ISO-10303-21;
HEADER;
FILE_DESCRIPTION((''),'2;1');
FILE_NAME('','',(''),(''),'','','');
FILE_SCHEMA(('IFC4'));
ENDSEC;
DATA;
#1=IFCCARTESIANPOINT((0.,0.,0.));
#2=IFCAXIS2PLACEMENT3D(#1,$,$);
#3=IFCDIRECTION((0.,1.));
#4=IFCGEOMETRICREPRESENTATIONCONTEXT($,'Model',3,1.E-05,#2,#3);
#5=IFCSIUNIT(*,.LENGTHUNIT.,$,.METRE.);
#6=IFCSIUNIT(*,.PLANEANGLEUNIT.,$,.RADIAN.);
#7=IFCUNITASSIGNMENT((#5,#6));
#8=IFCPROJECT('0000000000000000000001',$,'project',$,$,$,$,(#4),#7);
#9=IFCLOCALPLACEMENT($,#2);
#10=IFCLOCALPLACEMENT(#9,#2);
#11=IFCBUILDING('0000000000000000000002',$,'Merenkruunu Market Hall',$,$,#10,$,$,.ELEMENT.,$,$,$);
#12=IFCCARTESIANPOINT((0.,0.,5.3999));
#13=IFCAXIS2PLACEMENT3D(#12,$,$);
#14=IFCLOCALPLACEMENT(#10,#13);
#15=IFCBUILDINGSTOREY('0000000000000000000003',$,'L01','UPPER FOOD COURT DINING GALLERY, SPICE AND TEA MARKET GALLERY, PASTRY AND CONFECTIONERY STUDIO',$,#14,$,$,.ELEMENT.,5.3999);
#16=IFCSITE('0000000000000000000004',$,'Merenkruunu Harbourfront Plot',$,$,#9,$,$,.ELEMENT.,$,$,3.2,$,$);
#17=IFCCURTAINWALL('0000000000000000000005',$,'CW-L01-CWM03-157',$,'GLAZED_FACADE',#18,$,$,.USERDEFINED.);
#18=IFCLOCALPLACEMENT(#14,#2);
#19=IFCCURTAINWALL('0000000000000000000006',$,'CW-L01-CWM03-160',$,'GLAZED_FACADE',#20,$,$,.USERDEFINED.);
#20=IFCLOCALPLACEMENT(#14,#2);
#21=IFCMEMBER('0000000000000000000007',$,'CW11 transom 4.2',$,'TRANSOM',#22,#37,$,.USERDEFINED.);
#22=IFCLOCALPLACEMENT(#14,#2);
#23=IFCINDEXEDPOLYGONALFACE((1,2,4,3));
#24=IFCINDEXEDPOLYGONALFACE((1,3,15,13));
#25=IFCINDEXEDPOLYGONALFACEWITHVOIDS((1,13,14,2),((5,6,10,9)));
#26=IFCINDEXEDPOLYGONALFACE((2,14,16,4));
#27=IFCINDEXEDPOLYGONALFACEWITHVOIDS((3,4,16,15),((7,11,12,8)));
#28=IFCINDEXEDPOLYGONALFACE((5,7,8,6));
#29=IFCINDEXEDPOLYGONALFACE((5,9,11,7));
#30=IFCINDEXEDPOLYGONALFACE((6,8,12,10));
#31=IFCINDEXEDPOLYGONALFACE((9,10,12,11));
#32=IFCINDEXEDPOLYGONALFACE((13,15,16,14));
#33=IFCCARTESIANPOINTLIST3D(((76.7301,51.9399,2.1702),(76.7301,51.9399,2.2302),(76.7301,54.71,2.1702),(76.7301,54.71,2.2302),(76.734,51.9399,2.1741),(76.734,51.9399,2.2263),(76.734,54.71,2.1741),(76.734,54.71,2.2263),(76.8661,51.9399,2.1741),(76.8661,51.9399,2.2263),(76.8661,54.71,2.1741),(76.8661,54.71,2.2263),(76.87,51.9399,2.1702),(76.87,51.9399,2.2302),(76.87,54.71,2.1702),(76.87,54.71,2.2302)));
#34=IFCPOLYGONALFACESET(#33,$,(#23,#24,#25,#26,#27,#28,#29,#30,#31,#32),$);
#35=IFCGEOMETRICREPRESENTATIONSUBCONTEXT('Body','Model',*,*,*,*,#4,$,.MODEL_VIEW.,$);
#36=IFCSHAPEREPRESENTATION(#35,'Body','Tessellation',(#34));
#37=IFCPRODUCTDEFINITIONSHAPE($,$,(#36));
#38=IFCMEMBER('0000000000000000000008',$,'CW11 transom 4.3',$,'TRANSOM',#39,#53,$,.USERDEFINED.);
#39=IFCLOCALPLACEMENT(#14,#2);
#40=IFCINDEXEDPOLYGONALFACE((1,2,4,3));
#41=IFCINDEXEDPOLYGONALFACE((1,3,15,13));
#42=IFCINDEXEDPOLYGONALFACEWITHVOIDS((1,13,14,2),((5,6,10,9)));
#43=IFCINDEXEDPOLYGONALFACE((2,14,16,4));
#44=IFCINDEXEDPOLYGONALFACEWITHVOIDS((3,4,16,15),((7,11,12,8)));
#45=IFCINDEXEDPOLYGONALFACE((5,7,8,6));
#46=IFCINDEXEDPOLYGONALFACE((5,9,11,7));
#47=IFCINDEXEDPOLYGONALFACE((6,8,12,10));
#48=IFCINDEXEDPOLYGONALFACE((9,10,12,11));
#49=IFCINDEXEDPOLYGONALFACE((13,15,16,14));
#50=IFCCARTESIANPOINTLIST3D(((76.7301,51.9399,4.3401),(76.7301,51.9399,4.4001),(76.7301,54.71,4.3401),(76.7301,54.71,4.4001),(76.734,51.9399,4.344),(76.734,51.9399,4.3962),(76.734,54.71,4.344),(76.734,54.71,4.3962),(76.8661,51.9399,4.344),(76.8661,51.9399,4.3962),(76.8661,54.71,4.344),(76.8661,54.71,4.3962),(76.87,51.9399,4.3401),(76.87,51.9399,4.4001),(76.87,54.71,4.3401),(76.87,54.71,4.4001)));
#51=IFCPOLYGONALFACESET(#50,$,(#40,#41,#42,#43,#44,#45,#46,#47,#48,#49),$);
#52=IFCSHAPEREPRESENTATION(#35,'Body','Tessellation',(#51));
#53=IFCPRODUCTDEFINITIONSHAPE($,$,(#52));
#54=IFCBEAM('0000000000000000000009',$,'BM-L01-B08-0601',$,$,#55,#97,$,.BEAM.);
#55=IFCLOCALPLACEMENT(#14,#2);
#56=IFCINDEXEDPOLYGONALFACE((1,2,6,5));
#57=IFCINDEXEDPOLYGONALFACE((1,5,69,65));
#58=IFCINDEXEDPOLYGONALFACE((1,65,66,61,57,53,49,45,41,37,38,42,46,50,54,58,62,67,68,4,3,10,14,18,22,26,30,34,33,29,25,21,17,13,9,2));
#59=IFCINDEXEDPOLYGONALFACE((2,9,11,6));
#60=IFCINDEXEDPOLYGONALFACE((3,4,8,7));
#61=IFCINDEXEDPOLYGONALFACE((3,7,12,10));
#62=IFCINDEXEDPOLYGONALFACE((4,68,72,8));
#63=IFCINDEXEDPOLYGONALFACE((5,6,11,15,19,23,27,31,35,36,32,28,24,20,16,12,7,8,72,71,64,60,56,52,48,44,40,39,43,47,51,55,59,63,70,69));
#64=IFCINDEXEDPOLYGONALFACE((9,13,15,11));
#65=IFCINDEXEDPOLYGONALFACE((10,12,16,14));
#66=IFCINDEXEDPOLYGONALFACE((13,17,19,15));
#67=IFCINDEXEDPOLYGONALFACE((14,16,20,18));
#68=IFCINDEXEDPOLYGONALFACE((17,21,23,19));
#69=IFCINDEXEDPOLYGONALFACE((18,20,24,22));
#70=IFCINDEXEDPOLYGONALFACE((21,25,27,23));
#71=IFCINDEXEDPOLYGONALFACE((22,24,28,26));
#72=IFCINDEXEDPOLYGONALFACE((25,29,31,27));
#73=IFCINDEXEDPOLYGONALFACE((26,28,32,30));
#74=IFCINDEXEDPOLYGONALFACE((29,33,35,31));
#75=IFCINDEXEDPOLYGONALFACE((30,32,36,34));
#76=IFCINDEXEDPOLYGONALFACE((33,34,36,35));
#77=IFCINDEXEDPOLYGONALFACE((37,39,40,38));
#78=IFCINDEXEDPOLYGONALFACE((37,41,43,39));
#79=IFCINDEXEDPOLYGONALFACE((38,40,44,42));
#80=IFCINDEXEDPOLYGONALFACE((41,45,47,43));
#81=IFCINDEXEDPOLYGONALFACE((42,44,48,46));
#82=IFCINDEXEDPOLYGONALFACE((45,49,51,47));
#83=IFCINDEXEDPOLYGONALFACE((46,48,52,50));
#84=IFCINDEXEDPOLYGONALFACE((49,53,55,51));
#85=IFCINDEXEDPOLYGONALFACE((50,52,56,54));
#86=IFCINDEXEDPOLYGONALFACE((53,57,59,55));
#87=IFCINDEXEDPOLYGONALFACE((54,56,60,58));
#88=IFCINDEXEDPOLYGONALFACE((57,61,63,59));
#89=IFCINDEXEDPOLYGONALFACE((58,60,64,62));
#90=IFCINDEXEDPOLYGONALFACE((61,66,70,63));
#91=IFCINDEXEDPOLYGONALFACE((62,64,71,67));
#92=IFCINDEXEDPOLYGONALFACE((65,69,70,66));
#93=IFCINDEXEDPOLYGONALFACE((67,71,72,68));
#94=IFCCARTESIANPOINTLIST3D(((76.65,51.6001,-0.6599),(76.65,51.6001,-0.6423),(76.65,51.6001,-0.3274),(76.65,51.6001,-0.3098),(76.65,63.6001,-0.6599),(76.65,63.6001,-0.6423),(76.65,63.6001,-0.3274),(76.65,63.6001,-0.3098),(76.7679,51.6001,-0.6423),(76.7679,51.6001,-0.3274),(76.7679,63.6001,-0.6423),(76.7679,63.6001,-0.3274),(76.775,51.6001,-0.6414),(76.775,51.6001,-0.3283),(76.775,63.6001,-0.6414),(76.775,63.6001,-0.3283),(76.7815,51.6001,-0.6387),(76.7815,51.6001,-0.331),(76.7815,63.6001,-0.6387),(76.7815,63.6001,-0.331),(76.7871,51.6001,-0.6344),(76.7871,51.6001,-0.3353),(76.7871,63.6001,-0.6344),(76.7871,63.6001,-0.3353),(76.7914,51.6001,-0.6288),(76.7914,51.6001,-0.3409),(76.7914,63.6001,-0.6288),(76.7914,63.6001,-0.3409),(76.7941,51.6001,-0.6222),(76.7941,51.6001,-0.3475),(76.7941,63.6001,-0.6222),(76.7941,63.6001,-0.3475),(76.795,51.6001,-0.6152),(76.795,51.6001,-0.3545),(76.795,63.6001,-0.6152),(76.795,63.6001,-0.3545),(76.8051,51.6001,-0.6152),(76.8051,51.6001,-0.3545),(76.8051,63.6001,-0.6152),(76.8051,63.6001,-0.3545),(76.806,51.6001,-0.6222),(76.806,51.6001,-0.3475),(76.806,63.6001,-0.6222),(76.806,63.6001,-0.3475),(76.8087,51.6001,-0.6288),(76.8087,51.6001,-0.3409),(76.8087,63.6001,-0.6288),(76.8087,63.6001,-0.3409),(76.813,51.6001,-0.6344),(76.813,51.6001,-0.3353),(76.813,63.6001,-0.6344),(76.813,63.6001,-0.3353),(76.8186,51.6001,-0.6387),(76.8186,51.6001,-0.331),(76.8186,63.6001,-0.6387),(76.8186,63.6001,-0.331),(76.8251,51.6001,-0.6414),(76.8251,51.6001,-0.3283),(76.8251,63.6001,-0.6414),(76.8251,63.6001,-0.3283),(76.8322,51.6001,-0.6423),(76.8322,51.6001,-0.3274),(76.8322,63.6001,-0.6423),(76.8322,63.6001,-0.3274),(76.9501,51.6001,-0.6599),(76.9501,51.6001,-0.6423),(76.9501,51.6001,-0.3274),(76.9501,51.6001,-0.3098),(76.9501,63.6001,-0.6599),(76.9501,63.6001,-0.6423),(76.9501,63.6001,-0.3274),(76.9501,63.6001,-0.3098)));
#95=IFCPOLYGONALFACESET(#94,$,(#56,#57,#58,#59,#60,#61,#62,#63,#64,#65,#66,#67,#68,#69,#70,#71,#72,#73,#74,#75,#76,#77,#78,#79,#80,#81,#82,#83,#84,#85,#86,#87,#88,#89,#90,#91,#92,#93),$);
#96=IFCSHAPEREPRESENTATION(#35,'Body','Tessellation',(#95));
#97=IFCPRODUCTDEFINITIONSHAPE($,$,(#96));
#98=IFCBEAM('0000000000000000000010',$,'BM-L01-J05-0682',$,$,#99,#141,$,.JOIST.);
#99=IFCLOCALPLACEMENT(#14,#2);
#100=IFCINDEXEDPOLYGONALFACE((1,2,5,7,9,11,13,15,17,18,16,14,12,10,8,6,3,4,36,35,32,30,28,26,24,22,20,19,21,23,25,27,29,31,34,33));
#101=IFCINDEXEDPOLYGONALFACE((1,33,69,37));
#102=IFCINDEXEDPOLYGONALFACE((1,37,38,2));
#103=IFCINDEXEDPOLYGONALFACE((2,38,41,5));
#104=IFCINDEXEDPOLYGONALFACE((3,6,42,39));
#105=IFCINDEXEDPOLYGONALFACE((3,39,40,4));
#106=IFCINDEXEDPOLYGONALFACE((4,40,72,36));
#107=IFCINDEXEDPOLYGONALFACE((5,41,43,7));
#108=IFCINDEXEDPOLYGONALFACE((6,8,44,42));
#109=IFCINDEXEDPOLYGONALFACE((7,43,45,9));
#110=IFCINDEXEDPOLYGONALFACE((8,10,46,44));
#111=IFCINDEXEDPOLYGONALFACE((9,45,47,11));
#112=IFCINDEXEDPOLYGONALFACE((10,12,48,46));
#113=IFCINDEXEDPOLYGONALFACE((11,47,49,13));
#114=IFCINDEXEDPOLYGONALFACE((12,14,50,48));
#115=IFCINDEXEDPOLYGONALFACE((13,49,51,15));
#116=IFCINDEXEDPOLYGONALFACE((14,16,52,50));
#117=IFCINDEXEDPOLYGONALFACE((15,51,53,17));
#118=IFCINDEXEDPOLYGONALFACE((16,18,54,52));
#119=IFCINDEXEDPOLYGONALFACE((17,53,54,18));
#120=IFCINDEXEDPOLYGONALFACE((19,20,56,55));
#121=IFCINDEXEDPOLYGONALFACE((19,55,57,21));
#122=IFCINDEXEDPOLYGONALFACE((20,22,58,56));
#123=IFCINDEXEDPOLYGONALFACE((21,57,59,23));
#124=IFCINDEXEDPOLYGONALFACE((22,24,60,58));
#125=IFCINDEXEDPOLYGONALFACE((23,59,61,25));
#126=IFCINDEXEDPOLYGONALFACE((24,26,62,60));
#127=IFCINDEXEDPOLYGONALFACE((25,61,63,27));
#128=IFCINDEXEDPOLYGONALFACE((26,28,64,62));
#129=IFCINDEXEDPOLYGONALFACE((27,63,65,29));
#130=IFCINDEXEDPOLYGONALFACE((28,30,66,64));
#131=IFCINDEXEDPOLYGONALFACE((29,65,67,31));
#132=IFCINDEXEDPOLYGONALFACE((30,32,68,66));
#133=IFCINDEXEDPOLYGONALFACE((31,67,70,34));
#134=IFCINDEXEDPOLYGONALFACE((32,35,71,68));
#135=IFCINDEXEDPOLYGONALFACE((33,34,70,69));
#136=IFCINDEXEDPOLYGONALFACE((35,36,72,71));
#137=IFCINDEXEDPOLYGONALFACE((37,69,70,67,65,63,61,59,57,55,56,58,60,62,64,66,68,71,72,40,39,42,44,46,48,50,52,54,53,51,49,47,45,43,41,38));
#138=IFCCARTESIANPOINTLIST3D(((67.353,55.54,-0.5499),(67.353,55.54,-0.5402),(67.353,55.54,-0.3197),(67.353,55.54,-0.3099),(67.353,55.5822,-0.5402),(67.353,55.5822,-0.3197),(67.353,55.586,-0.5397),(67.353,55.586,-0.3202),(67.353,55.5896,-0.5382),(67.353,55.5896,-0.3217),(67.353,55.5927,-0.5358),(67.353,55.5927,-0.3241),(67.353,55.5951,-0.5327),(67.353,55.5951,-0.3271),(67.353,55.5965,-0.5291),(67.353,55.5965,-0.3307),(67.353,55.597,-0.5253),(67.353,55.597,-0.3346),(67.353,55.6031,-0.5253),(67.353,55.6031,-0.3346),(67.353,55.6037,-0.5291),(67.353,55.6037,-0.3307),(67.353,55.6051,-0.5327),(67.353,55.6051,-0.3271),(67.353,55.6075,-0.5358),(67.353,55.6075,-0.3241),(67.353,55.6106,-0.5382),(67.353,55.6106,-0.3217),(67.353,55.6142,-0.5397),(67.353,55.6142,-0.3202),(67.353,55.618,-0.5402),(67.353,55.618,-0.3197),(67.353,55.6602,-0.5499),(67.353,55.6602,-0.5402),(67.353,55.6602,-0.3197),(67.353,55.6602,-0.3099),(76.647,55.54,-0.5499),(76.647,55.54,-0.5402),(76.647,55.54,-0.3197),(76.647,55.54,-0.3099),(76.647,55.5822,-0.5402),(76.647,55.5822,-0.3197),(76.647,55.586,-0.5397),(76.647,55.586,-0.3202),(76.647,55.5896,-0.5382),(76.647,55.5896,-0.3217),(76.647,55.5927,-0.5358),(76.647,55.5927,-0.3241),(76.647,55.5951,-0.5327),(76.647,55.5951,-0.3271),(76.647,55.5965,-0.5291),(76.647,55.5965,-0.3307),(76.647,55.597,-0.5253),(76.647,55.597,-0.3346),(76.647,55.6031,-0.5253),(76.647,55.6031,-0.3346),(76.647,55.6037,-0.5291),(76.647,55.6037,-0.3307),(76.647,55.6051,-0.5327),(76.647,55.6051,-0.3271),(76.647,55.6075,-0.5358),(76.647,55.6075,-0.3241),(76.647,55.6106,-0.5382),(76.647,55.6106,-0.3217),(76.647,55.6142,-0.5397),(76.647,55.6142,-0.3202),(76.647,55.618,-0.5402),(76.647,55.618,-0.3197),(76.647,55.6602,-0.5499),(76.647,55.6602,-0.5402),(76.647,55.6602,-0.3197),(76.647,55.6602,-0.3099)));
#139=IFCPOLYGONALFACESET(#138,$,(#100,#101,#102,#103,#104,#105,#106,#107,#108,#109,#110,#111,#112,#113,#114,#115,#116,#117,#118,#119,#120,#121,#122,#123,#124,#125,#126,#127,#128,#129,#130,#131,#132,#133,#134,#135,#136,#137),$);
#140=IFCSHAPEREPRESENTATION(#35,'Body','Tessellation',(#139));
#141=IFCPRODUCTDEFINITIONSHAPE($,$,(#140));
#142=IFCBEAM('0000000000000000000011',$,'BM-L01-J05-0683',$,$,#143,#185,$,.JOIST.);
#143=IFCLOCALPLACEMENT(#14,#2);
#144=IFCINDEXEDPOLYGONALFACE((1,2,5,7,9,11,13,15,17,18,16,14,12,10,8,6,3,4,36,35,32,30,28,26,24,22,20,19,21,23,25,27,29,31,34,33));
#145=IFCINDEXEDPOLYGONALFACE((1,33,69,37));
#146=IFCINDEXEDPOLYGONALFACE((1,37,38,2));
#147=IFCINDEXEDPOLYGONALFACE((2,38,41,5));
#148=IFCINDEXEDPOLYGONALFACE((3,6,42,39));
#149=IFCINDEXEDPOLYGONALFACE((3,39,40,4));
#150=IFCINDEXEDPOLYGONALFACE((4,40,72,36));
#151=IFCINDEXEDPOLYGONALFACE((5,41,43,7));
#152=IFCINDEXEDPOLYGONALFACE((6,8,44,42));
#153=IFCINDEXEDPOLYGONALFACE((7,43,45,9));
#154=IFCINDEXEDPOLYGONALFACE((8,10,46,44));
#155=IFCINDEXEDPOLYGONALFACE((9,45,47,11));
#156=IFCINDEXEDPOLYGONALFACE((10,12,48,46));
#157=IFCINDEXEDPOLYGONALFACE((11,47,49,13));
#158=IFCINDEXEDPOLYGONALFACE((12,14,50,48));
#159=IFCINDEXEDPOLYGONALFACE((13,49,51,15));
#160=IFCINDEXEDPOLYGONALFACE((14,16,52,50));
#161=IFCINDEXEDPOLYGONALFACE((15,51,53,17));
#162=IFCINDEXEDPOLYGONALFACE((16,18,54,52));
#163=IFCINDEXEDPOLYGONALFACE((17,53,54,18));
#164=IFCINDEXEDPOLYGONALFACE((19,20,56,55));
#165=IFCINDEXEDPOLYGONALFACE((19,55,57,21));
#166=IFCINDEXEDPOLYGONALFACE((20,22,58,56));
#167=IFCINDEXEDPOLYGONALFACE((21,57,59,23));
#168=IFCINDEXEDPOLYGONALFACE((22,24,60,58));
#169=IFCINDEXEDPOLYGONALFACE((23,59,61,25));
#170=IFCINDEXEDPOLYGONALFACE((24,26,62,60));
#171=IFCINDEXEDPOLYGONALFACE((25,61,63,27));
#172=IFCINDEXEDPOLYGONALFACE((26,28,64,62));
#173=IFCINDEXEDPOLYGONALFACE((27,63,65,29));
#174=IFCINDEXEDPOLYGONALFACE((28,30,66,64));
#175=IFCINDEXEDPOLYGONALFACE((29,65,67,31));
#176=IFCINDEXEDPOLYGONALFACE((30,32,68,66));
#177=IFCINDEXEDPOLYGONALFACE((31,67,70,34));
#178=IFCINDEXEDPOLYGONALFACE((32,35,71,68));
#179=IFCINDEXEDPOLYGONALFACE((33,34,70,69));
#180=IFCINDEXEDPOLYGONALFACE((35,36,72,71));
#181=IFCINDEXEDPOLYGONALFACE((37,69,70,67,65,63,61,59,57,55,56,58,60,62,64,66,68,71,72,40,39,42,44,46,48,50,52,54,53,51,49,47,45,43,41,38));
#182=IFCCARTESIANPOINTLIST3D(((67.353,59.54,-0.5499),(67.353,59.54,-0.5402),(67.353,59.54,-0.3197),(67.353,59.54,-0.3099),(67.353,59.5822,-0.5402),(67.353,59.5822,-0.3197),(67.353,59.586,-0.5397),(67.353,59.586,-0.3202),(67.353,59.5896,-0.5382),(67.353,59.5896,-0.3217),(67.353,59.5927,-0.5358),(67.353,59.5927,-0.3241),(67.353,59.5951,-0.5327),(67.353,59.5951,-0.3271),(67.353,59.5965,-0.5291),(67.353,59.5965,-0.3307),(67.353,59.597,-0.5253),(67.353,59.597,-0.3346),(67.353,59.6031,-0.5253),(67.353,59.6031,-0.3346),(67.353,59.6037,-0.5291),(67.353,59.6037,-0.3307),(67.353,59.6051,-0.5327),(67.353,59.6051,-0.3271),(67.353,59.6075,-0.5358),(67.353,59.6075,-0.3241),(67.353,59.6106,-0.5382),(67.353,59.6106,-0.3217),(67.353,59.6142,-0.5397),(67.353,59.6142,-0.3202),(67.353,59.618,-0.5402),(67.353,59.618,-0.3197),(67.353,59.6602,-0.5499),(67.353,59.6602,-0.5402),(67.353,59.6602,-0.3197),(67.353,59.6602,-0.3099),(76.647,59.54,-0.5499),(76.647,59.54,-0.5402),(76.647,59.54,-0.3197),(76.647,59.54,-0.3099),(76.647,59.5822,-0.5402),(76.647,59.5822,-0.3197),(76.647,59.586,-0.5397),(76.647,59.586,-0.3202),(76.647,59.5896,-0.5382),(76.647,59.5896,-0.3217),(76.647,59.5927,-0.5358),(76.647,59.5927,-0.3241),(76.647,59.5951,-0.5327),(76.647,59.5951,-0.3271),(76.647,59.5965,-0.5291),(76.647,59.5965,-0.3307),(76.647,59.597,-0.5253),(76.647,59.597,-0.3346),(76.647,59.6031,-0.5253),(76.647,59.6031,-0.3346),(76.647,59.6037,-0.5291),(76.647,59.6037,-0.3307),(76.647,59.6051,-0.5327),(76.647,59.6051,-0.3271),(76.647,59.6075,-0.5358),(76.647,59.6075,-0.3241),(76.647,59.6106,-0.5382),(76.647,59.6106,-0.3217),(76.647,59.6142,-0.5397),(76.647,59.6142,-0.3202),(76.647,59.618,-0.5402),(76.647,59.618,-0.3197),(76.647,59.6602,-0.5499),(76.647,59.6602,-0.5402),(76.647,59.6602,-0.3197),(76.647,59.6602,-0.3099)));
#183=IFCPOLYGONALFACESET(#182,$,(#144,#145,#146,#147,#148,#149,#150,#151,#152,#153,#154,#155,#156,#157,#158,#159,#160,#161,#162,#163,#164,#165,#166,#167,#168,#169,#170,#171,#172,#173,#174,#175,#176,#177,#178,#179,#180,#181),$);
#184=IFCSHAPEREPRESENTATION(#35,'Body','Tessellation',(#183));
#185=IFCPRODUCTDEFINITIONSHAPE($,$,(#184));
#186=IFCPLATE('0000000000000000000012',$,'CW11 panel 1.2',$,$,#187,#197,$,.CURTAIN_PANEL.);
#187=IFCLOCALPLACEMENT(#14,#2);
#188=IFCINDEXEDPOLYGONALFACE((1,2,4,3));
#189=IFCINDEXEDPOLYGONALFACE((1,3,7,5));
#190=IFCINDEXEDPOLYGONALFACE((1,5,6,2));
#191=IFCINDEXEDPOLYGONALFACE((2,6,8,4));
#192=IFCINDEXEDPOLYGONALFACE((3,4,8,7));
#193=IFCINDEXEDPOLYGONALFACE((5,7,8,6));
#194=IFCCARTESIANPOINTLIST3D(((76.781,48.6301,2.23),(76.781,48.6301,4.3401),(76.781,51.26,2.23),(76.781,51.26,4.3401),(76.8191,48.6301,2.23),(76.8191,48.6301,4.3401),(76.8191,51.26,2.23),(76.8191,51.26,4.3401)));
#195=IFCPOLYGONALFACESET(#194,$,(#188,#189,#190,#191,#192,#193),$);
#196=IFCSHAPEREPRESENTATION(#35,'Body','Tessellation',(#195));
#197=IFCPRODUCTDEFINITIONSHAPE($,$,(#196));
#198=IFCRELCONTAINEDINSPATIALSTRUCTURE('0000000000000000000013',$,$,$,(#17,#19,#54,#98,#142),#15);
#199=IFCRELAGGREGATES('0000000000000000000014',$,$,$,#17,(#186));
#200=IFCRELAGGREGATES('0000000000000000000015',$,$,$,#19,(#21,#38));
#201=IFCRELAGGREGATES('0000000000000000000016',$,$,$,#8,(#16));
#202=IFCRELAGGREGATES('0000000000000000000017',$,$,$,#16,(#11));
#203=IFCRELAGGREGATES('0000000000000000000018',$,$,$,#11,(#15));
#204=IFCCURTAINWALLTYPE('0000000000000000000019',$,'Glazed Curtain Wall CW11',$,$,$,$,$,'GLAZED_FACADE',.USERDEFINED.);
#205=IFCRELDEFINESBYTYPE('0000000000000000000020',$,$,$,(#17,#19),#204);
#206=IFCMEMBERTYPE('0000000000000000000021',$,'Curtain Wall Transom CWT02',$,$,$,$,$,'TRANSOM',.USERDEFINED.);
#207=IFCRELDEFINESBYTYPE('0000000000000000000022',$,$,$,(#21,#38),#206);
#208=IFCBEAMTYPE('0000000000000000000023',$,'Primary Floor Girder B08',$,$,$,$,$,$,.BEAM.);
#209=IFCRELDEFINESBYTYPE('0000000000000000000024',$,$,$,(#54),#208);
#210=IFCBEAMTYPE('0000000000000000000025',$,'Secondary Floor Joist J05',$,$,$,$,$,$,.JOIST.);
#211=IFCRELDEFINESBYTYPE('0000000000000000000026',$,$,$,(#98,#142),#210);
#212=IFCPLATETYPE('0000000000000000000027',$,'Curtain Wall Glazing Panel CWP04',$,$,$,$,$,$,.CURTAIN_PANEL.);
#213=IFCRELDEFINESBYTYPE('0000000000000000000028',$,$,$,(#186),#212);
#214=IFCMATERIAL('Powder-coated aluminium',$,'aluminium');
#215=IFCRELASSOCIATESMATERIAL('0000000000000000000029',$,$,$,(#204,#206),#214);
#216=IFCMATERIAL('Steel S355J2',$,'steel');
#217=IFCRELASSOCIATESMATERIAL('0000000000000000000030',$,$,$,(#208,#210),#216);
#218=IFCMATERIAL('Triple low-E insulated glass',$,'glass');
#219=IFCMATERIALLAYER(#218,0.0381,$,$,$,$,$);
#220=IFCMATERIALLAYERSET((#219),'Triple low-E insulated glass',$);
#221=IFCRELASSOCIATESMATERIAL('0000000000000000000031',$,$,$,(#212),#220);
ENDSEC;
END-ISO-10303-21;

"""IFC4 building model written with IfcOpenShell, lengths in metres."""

from ifc_helpers import new_model, si_unit, direction, frame, origin, origin_2d, place, context, subcontext, project, spatial, rectangle, hollow_rectangle, i_section, extrude, material, layer, layer_set, material_profile, profile_set, type_object, element, aggregate, save


model = new_model("IFC4")

# Units and contexts
model_context = context("Model", 3, precision=1e-05, world=origin(), true_north=direction((0.0, 1.0)))
body_context = subcontext(model_context, "Body", "Model", "MODEL_VIEW")
ifc_project = project(units=[si_unit("LENGTHUNIT", "METRE"), si_unit("PLANEANGLEUNIT", "RADIAN")], contexts=[model_context])

# Site, building, storey
site_placement = place(None, origin())
site = spatial("IfcSite", under=ifc_project, at=site_placement, Name="Merenkruunu Harbourfront Plot", CompositionType="ELEMENT", RefElevation=3.2)
building_placement = place(site_placement, origin())
building = spatial("IfcBuilding", under=site, at=building_placement, Name="Merenkruunu Market Hall", CompositionType="ELEMENT")
storey_placement = place(building_placement, frame((0.0, 0.0, 5.3999)))
storey = spatial("IfcBuildingStorey", under=building, at=storey_placement, Name="L01", Description="UPPER FOOD COURT DINING GALLERY, SPICE AND TEA MARKET GALLERY, PASTRY AND CONFECTIONERY STUDIO", CompositionType="ELEMENT", Elevation=5.3999)

# Curtain wall
ifc_material_1 = material(Name="Powder-coated aluminium", Category="aluminium")
curtain_wall_type = type_object("IfcCurtainWallType", Name="Glazed Curtain Wall CW11", ElementType="GLAZED_FACADE", PredefinedType="USERDEFINED", material=ifc_material_1)
curtain_wall_1_placement = place(storey_placement, origin())
curtain_wall_1 = element("IfcCurtainWall", 1, at=curtain_wall_1_placement, inside=storey, type_object=curtain_wall_type, Name="CW-L01-CWM03-157", ObjectType="GLAZED_FACADE", PredefinedType="USERDEFINED")

# Curtain wall
curtain_wall_2_placement = place(storey_placement, origin())
curtain_wall_2 = element("IfcCurtainWall", 2, at=curtain_wall_2_placement, inside=storey, type_object=curtain_wall_type, Name="CW-L01-CWM03-160", ObjectType="GLAZED_FACADE", PredefinedType="USERDEFINED")

# Members
ifc_material_profile_1 = material_profile(ifc_material_1, hollow_rectangle(XDim=0.0601, YDim=0.1399, WallThickness=0.0039, at=origin_2d()), Name="ALU 60x140x4")
ifc_profile_set_1 = profile_set([ifc_material_profile_1], Name="Powder-coated aluminium")
member_type_1 = type_object("IfcMemberType", Name="Curtain Wall Transom CWT02", ElementType="TRANSOM", PredefinedType="USERDEFINED", material=ifc_profile_set_1)
member_1_placement = place(storey_placement, frame((76.8, 54.71, 2.2002), z_axis=(0.0, -1.0, 0.0), x_axis=(0.0, 0.0, 1.0)))
member_1 = element("IfcMember", 3, at=member_1_placement, type_object=member_type_1, Name="CW11 transom 4.2", ObjectType="TRANSOM", PredefinedType="USERDEFINED", context=body_context, shape_type="SweptSolid", body=[
    extrude(hollow_rectangle(XDim=0.0601, YDim=0.1399, WallThickness=0.0039, at=origin_2d()), origin(), (0.0, 0.0, 1.0), 2.77),
])
member_2_placement = place(storey_placement, frame((76.8, 54.71, 4.3701), z_axis=(0.0, -1.0, 0.0), x_axis=(0.0, 0.0, 1.0)))
member_2 = element("IfcMember", 4, at=member_2_placement, type_object=member_type_1, Name="CW11 transom 4.3", ObjectType="TRANSOM", PredefinedType="USERDEFINED", context=body_context, shape_type="SweptSolid", body=[
    extrude(hollow_rectangle(XDim=0.0601, YDim=0.1399, WallThickness=0.0039, at=origin_2d()), origin(), (0.0, 0.0, 1.0), 2.77),
])

# Beams
ifc_material_2 = material(Name="Steel S355J2", Category="steel")
ifc_material_profile_2 = material_profile(ifc_material_2, i_section(OverallWidth=0.3, OverallDepth=0.3501, WebThickness=0.01, FlangeThickness=0.0176, FilletRadius=0.0271, at=origin_2d()), Name="HEA 360")
ifc_profile_set_2 = profile_set([ifc_material_profile_2], Name="Steel S355J2")
beam_type_1 = type_object("IfcBeamType", Name="Primary Floor Girder B08", PredefinedType="BEAM", material=ifc_profile_set_2)
beam_placement = place(storey_placement, frame((76.8, 51.6001, -0.4849), z_axis=(0.0, 1.0, 0.0), x_axis=(-1.0, 0.0, 0.0)))
element("IfcBeam", 5, at=beam_placement, inside=storey, type_object=beam_type_1, Name="BM-L01-B08-0601", PredefinedType="BEAM", context=body_context, shape_type="SweptSolid", body=[
    extrude(i_section(OverallWidth=0.3, OverallDepth=0.3501, WebThickness=0.01, FlangeThickness=0.0176, FilletRadius=0.0271, at=origin_2d()), origin(), (0.0, 0.0, 1.0), 12.0),
])
ifc_material_profile_3 = material_profile(ifc_material_2, i_section(OverallWidth=0.1201, OverallDepth=0.24, WebThickness=0.0061, FlangeThickness=0.0098, FilletRadius=0.0149, at=origin_2d()), Name="IPE 240")
ifc_profile_set_3 = profile_set([ifc_material_profile_3], Name="Steel S355J2")
beam_type_2 = type_object("IfcBeamType", Name="Secondary Floor Joist J05", PredefinedType="JOIST", material=ifc_profile_set_3)
for number, where, z_axis, x_axis, name in (
    (6, (67.353, 55.6001, -0.4299), (1.0, 0.0, 0.0), (0.0, 1.0, 0.0), "BM-L01-J05-0682"),
    (7, (67.353, 59.6001, -0.4299), (1.0, 0.0, 0.0), (0.0, 1.0, 0.0), "BM-L01-J05-0683"),
):
    element("IfcBeam", number, at=place(storey_placement, frame(where, z_axis=z_axis, x_axis=x_axis)), inside=storey, type_object=beam_type_2, Name=name, PredefinedType="JOIST", context=body_context, shape_type="SweptSolid", body=[
        extrude(i_section(OverallWidth=0.1201, OverallDepth=0.24, WebThickness=0.0061, FlangeThickness=0.0098, FilletRadius=0.0149, at=origin_2d()), origin(), (0.0, 0.0, 1.0), 9.2939),
    ])

# Plate
ifc_material_3 = material(Name="Triple low-E insulated glass", Category="glass")
ifc_layer_1 = layer(ifc_material_3, 0.0381)
ifc_layer_set_1 = layer_set([ifc_layer_1], Name="Triple low-E insulated glass")
plate_type = type_object("IfcPlateType", Name="Curtain Wall Glazing Panel CWP04", PredefinedType="CURTAIN_PANEL", material=ifc_layer_set_1)
plate_1_placement = place(storey_placement, frame((76.8, 49.9451, 2.23), z_axis=(0.0, 0.0, 1.0), x_axis=(0.0, -1.0, 0.0)))
plate_1 = element("IfcPlate", 8, at=plate_1_placement, type_object=plate_type, Name="CW11 panel 1.2", PredefinedType="CURTAIN_PANEL", context=body_context, shape_type="SweptSolid", body=[
    extrude(rectangle(XDim=2.6299, YDim=0.0381, at=origin_2d()), origin(), (0.0, 0.0, 1.0), 2.1101),
])
aggregate(curtain_wall_1, [plate_1])
aggregate(curtain_wall_2, [member_1, member_2])

save(model, "model.ifc")
